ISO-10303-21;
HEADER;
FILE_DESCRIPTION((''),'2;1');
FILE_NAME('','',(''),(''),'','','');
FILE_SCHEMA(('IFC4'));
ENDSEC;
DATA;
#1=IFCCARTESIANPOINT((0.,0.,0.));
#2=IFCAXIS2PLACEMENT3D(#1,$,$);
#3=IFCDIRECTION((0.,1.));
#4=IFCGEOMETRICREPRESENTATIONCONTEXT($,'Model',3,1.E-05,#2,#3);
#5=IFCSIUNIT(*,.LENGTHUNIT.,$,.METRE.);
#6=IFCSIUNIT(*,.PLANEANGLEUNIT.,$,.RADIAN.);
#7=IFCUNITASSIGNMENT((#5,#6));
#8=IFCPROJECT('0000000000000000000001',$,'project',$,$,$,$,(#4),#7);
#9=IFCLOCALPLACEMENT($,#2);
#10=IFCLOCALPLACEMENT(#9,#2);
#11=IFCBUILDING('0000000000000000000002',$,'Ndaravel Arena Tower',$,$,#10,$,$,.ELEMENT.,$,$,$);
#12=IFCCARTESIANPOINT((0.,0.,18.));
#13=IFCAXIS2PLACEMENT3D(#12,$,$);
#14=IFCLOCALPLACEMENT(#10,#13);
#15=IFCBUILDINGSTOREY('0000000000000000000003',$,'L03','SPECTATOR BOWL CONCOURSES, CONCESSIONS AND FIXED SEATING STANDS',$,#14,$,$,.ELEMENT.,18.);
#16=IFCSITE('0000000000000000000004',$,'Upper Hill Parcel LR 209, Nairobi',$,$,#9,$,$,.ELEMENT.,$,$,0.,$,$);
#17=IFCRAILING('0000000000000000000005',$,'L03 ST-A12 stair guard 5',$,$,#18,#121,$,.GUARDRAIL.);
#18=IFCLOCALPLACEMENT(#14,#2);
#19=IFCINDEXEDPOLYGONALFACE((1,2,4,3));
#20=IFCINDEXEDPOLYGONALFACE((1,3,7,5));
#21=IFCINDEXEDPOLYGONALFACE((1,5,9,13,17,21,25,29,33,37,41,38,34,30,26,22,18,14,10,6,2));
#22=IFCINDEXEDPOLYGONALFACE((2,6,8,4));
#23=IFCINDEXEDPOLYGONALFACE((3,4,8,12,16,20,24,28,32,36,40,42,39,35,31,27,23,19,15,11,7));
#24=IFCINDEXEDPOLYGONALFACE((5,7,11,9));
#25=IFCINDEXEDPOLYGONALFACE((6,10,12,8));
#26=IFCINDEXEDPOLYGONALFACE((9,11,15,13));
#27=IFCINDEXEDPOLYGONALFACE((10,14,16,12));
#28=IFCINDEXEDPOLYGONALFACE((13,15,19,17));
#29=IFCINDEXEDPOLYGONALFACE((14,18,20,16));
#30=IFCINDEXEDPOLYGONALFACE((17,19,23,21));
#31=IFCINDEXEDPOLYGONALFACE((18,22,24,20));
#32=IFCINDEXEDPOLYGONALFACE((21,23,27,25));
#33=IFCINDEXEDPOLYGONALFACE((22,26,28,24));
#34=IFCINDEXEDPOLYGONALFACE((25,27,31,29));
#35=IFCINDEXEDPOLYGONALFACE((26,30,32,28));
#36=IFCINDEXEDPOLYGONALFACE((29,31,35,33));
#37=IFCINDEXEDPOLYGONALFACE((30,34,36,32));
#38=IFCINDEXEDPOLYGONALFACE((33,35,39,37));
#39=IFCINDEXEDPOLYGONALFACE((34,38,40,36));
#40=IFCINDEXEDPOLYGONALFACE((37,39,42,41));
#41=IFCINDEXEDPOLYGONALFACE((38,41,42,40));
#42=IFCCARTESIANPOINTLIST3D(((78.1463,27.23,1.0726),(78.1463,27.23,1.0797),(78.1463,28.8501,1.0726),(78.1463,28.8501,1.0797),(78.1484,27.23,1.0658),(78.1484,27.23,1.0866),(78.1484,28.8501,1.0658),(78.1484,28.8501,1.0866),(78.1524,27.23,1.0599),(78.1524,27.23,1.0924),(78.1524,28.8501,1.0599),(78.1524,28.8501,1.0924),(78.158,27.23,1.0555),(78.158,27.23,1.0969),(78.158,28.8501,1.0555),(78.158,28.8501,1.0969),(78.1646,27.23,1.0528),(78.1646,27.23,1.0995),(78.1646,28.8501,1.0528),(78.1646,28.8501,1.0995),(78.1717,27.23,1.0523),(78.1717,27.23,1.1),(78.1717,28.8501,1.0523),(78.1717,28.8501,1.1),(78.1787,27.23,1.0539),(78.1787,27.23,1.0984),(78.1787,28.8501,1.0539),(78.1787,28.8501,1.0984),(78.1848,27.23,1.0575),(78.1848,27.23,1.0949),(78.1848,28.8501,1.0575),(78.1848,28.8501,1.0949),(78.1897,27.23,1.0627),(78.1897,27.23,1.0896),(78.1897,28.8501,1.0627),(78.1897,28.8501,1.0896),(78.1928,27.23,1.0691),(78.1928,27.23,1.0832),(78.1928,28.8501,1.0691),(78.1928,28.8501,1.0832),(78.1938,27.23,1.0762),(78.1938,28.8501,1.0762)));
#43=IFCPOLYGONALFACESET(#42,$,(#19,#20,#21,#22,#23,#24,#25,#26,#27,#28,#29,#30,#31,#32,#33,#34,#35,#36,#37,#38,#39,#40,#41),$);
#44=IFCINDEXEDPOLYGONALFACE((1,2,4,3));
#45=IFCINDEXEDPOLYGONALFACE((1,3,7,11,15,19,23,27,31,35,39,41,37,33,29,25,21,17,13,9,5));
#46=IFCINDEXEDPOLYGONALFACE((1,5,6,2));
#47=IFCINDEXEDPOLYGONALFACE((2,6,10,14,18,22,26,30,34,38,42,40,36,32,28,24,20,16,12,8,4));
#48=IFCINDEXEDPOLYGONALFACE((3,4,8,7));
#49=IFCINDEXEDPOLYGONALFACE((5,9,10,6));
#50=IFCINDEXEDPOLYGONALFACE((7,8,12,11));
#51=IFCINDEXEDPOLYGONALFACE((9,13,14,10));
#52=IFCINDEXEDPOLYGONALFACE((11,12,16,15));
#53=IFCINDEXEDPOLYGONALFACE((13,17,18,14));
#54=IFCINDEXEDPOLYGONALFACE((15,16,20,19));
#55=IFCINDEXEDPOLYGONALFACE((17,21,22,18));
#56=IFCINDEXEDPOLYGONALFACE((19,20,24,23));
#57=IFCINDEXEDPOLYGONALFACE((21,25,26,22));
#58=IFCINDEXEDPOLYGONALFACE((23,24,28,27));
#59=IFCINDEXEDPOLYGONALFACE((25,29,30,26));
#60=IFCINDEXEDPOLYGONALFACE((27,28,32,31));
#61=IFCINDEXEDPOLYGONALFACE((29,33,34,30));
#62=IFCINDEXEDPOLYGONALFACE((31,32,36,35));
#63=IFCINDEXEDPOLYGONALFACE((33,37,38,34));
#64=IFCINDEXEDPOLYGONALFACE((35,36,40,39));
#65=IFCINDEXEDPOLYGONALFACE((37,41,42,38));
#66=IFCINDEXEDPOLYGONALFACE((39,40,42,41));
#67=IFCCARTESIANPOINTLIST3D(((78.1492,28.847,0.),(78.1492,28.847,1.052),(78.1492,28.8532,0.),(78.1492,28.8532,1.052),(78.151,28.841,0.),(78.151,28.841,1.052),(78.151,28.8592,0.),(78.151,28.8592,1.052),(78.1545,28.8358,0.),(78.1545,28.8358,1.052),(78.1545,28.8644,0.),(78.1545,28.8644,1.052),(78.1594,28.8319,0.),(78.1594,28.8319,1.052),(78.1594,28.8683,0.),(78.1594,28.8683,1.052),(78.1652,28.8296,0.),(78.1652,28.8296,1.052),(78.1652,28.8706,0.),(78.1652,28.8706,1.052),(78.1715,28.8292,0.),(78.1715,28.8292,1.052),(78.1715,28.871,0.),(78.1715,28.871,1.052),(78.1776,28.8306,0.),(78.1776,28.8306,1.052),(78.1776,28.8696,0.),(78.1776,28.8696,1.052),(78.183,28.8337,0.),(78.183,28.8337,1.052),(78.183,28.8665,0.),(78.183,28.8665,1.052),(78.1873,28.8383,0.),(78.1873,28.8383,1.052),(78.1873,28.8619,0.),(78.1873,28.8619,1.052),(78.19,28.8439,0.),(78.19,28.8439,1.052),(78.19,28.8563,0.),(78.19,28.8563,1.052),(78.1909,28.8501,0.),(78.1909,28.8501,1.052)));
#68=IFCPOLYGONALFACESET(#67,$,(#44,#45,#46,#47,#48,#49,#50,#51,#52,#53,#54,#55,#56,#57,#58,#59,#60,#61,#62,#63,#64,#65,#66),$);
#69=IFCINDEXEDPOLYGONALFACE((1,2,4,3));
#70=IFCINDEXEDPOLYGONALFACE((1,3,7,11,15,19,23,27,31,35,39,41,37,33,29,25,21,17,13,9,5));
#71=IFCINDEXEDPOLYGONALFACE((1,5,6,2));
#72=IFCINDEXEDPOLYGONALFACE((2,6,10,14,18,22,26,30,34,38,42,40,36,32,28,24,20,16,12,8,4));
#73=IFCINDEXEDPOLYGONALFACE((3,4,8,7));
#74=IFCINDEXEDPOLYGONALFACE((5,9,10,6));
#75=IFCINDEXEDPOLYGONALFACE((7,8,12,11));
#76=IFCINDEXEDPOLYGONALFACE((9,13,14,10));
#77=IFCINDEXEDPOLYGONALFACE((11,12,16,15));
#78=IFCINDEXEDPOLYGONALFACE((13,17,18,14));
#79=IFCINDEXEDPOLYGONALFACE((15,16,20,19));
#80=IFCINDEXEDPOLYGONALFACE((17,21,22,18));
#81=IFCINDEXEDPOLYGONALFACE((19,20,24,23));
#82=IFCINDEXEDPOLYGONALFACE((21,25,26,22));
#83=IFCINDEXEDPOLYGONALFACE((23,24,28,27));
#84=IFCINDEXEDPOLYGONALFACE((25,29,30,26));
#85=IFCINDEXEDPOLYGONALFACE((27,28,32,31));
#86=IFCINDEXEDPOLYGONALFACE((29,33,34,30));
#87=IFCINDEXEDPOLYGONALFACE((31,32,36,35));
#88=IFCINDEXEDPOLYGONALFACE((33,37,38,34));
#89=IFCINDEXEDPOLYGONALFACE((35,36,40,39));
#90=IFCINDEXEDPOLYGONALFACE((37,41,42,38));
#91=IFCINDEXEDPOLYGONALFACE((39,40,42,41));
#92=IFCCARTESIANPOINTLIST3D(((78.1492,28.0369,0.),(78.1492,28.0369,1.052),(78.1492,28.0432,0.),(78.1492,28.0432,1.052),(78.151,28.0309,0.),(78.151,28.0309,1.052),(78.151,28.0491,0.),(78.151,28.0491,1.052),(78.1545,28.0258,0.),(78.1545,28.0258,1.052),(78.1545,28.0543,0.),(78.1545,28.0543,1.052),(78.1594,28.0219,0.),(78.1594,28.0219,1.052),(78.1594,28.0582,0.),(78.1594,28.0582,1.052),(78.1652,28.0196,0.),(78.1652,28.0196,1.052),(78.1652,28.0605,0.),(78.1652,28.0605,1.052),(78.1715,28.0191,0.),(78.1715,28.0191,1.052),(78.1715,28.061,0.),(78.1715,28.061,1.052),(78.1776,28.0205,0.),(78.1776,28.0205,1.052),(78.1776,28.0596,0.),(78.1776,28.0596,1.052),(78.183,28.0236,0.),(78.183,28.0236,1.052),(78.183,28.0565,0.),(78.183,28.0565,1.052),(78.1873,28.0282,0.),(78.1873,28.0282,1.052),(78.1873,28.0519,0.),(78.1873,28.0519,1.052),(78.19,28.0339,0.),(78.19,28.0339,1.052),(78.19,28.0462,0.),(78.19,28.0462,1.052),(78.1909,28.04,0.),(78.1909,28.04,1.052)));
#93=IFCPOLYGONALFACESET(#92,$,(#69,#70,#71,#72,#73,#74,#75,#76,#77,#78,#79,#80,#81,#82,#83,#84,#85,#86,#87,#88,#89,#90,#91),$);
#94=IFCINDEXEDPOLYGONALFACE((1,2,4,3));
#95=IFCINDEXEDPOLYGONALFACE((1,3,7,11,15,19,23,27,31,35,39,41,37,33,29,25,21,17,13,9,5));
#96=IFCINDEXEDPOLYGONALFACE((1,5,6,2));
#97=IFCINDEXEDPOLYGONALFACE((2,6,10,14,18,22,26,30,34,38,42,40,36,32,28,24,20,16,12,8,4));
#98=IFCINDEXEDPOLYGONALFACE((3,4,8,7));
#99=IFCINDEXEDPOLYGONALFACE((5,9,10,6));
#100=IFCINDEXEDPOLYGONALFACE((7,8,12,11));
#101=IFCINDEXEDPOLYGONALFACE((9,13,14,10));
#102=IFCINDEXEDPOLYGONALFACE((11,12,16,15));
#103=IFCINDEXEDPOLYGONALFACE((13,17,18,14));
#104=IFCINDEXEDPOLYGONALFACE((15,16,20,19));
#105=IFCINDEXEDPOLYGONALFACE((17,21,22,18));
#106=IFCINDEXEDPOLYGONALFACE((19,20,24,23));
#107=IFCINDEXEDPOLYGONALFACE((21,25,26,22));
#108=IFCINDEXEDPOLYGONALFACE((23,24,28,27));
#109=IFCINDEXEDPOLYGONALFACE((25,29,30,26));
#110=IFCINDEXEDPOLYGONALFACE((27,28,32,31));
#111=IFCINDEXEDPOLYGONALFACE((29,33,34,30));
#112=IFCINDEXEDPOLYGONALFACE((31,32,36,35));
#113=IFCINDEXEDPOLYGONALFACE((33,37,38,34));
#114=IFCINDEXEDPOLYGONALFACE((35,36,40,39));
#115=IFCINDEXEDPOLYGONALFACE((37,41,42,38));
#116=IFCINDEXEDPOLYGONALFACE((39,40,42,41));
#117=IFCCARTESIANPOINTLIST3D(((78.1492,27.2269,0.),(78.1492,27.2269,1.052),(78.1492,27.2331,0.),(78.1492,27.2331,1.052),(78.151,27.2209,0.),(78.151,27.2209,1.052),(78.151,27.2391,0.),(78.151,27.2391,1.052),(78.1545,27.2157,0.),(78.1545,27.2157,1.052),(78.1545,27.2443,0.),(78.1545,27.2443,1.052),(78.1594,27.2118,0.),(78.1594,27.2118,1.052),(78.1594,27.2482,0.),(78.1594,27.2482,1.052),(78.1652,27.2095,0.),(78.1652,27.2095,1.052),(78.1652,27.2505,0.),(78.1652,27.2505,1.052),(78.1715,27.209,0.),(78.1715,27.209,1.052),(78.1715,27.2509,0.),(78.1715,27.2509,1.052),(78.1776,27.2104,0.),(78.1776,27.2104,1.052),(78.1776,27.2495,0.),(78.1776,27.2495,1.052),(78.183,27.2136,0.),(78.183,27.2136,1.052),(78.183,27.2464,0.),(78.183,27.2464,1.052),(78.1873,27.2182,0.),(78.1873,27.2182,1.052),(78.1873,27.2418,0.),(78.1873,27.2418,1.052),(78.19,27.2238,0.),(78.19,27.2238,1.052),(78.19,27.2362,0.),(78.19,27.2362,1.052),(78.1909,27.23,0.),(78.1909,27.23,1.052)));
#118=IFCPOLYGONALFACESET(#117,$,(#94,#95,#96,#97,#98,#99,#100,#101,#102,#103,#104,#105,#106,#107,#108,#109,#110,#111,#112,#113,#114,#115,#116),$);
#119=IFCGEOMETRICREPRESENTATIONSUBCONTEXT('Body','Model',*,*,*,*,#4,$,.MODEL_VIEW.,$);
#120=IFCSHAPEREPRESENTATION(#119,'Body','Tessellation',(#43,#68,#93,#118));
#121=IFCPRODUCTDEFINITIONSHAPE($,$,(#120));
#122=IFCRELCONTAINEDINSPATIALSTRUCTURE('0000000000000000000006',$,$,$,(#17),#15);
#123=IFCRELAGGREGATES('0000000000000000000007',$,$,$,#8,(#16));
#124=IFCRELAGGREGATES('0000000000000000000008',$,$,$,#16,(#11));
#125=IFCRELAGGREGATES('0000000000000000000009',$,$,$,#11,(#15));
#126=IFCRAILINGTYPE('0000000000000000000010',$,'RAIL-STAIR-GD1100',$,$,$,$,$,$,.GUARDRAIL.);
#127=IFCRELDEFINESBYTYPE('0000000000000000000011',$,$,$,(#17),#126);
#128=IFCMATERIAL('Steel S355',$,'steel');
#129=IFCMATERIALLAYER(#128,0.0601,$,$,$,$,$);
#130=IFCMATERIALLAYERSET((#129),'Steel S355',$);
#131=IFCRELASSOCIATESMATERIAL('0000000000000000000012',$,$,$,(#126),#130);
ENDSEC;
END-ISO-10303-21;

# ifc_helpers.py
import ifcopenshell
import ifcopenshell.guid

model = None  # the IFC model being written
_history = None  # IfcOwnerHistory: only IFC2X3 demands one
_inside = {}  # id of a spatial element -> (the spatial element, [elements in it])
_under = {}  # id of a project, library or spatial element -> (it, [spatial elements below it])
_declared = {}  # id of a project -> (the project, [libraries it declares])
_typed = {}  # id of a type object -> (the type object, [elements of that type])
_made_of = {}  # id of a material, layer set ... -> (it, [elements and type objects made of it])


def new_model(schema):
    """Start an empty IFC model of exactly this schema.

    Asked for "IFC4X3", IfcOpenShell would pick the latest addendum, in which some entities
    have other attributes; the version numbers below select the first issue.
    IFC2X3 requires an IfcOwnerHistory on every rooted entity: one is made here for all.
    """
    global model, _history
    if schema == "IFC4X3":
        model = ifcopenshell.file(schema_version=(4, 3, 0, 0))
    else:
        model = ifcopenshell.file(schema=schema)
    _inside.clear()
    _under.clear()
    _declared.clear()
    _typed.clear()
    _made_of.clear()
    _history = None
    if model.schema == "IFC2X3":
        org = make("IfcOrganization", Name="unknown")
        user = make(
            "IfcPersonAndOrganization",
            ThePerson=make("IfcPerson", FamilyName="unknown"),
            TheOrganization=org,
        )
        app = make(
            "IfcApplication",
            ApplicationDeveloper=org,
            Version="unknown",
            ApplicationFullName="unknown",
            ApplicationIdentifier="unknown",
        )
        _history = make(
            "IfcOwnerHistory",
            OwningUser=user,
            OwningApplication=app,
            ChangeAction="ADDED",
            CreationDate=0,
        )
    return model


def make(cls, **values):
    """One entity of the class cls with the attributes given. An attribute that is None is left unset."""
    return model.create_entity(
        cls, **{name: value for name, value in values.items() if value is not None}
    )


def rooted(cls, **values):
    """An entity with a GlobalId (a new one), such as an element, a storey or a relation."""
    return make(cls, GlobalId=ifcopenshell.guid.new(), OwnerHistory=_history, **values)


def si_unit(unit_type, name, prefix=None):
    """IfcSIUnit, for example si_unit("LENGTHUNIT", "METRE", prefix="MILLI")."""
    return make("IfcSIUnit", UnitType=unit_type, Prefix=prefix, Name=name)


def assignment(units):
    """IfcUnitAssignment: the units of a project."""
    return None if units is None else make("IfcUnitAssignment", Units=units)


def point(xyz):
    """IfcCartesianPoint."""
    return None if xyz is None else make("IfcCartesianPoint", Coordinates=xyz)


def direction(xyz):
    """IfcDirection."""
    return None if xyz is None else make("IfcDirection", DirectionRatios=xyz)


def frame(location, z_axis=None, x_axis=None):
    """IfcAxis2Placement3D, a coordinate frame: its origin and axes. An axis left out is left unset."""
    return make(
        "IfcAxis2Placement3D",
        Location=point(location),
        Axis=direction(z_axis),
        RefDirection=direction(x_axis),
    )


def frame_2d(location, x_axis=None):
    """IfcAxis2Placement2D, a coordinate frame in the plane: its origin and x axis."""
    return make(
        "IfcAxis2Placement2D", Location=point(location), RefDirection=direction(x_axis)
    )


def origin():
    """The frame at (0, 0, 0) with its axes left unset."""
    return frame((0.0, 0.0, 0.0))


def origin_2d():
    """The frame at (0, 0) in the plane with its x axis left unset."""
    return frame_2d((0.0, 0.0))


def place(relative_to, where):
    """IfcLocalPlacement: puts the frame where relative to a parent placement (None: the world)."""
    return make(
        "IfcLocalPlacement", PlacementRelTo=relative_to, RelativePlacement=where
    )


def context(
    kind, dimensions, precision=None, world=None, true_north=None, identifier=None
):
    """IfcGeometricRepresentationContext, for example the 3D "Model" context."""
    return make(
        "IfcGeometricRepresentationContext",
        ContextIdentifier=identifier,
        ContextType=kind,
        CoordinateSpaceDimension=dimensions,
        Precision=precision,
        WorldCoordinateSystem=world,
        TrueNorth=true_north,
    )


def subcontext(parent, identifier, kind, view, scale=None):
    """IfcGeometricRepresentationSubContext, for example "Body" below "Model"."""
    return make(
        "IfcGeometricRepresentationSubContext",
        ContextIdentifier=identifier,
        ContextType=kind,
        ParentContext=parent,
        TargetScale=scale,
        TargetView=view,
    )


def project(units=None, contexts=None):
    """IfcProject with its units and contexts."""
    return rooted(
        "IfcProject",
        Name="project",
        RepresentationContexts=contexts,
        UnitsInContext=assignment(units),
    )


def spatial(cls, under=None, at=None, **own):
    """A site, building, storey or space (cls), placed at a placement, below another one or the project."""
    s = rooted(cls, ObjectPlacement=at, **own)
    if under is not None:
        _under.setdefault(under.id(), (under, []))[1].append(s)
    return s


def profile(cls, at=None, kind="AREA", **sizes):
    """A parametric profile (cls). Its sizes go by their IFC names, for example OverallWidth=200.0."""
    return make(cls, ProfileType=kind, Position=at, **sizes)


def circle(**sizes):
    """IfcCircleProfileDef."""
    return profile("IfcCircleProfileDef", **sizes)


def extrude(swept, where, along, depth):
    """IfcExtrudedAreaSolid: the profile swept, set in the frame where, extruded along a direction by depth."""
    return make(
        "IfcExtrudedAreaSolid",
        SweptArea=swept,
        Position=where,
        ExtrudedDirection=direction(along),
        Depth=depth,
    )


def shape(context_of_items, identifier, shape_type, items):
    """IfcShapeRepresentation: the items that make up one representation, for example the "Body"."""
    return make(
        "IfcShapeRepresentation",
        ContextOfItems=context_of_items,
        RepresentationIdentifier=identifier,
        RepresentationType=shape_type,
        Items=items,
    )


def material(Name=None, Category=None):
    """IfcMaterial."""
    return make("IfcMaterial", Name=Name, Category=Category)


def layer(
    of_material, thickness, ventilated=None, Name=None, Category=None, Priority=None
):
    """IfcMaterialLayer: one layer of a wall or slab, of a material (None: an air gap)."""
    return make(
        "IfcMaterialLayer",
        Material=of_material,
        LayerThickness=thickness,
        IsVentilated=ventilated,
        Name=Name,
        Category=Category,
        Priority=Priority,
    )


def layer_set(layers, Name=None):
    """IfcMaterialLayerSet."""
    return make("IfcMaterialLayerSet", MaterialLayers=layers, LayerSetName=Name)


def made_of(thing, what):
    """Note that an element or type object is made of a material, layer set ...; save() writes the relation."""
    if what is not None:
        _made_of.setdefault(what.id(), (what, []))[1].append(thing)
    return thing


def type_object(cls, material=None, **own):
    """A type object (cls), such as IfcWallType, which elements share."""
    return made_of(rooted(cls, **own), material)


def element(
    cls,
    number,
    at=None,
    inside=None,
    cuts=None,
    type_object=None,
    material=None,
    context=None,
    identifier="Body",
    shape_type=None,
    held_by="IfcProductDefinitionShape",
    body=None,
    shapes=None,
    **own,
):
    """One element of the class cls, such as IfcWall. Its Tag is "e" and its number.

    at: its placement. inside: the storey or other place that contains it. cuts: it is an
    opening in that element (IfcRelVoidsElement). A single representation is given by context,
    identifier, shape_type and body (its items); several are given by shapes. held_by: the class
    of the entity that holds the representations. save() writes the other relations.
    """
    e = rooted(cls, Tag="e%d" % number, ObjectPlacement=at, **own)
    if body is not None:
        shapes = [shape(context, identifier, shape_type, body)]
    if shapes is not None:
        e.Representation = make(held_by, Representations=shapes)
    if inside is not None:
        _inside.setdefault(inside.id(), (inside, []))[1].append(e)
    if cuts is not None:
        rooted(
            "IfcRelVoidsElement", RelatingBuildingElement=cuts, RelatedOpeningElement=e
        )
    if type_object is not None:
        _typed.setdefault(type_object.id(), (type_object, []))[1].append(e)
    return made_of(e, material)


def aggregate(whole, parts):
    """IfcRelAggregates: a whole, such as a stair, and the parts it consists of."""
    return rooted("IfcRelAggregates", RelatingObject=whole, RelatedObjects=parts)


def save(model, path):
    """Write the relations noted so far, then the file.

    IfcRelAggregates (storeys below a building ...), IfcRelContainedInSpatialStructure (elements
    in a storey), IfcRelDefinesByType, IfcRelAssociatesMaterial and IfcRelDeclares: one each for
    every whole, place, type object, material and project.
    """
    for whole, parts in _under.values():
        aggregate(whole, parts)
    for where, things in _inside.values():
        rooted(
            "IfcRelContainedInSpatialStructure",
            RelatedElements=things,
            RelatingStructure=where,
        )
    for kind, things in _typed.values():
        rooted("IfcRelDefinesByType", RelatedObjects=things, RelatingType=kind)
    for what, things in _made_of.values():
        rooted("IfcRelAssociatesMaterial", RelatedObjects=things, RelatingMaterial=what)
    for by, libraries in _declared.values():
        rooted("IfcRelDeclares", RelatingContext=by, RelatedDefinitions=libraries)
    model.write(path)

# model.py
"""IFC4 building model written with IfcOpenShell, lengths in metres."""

from ifc_helpers import new_model, si_unit, direction, frame, origin, origin_2d, place, context, subcontext, project, spatial, circle, extrude, material, layer, layer_set, type_object, element, save


model = new_model("IFC4")

# Units and contexts
model_context = context("Model", 3, precision=1e-05, world=origin(), true_north=direction((0.0, 1.0)))
body_context = subcontext(model_context, "Body", "Model", "MODEL_VIEW")
ifc_project = project(units=[si_unit("LENGTHUNIT", "METRE"), si_unit("PLANEANGLEUNIT", "RADIAN")], contexts=[model_context])

# Site, building, storey
site_placement = place(None, origin())
site = spatial("IfcSite", under=ifc_project, at=site_placement, Name="Upper Hill Parcel LR 209, Nairobi", CompositionType="ELEMENT", RefElevation=0.0)
building_placement = place(site_placement, origin())
building = spatial("IfcBuilding", under=site, at=building_placement, Name="Ndaravel Arena Tower", CompositionType="ELEMENT")
storey_placement = place(building_placement, frame((0.0, 0.0, 18.0)))
storey = spatial("IfcBuildingStorey", under=building, at=storey_placement, Name="L03", Description="SPECTATOR BOWL CONCOURSES, CONCESSIONS AND FIXED SEATING STANDS", CompositionType="ELEMENT", Elevation=18.0)

# Railing
ifc_material_1 = material(Name="Steel S355", Category="steel")
ifc_layer_1 = layer(ifc_material_1, 0.0601)
ifc_layer_set_1 = layer_set([ifc_layer_1], Name="Steel S355")
railing_type_1 = type_object("IfcRailingType", Name="RAIL-STAIR-GD1100", PredefinedType="GUARDRAIL", material=ifc_layer_set_1)
for number, where, name in (
    (1, (78.1699, 28.8501, 0.0), "L03 ST-A12 stair guard 5"),
):
    element("IfcRailing", number, at=place(storey_placement, frame(where)), inside=storey, type_object=railing_type_1, Name=name, PredefinedType="GUARDRAIL", context=body_context, shape_type="SweptSolid", body=[
        extrude(circle(Radius=0.0239, at=origin_2d()), frame((0.0, 0.0, 1.0762), z_axis=(0.0, -1.0, 0.0), x_axis=(1.0, 0.0, 0.0)), (0.0, 0.0, 1.0), 1.6201),
        extrude(circle(Radius=0.021, at=origin_2d()), origin(), (0.0, 0.0, 1.0), 1.052),
        extrude(circle(Radius=0.021, at=origin_2d()), frame((0.0, -0.8101, 0.0)), (0.0, 0.0, 1.0), 1.052),
        extrude(circle(Radius=0.021, at=origin_2d()), frame((0.0, -1.6201, 0.0)), (0.0, 0.0, 1.0), 1.052),
    ])

save(model, "model.ifc")
